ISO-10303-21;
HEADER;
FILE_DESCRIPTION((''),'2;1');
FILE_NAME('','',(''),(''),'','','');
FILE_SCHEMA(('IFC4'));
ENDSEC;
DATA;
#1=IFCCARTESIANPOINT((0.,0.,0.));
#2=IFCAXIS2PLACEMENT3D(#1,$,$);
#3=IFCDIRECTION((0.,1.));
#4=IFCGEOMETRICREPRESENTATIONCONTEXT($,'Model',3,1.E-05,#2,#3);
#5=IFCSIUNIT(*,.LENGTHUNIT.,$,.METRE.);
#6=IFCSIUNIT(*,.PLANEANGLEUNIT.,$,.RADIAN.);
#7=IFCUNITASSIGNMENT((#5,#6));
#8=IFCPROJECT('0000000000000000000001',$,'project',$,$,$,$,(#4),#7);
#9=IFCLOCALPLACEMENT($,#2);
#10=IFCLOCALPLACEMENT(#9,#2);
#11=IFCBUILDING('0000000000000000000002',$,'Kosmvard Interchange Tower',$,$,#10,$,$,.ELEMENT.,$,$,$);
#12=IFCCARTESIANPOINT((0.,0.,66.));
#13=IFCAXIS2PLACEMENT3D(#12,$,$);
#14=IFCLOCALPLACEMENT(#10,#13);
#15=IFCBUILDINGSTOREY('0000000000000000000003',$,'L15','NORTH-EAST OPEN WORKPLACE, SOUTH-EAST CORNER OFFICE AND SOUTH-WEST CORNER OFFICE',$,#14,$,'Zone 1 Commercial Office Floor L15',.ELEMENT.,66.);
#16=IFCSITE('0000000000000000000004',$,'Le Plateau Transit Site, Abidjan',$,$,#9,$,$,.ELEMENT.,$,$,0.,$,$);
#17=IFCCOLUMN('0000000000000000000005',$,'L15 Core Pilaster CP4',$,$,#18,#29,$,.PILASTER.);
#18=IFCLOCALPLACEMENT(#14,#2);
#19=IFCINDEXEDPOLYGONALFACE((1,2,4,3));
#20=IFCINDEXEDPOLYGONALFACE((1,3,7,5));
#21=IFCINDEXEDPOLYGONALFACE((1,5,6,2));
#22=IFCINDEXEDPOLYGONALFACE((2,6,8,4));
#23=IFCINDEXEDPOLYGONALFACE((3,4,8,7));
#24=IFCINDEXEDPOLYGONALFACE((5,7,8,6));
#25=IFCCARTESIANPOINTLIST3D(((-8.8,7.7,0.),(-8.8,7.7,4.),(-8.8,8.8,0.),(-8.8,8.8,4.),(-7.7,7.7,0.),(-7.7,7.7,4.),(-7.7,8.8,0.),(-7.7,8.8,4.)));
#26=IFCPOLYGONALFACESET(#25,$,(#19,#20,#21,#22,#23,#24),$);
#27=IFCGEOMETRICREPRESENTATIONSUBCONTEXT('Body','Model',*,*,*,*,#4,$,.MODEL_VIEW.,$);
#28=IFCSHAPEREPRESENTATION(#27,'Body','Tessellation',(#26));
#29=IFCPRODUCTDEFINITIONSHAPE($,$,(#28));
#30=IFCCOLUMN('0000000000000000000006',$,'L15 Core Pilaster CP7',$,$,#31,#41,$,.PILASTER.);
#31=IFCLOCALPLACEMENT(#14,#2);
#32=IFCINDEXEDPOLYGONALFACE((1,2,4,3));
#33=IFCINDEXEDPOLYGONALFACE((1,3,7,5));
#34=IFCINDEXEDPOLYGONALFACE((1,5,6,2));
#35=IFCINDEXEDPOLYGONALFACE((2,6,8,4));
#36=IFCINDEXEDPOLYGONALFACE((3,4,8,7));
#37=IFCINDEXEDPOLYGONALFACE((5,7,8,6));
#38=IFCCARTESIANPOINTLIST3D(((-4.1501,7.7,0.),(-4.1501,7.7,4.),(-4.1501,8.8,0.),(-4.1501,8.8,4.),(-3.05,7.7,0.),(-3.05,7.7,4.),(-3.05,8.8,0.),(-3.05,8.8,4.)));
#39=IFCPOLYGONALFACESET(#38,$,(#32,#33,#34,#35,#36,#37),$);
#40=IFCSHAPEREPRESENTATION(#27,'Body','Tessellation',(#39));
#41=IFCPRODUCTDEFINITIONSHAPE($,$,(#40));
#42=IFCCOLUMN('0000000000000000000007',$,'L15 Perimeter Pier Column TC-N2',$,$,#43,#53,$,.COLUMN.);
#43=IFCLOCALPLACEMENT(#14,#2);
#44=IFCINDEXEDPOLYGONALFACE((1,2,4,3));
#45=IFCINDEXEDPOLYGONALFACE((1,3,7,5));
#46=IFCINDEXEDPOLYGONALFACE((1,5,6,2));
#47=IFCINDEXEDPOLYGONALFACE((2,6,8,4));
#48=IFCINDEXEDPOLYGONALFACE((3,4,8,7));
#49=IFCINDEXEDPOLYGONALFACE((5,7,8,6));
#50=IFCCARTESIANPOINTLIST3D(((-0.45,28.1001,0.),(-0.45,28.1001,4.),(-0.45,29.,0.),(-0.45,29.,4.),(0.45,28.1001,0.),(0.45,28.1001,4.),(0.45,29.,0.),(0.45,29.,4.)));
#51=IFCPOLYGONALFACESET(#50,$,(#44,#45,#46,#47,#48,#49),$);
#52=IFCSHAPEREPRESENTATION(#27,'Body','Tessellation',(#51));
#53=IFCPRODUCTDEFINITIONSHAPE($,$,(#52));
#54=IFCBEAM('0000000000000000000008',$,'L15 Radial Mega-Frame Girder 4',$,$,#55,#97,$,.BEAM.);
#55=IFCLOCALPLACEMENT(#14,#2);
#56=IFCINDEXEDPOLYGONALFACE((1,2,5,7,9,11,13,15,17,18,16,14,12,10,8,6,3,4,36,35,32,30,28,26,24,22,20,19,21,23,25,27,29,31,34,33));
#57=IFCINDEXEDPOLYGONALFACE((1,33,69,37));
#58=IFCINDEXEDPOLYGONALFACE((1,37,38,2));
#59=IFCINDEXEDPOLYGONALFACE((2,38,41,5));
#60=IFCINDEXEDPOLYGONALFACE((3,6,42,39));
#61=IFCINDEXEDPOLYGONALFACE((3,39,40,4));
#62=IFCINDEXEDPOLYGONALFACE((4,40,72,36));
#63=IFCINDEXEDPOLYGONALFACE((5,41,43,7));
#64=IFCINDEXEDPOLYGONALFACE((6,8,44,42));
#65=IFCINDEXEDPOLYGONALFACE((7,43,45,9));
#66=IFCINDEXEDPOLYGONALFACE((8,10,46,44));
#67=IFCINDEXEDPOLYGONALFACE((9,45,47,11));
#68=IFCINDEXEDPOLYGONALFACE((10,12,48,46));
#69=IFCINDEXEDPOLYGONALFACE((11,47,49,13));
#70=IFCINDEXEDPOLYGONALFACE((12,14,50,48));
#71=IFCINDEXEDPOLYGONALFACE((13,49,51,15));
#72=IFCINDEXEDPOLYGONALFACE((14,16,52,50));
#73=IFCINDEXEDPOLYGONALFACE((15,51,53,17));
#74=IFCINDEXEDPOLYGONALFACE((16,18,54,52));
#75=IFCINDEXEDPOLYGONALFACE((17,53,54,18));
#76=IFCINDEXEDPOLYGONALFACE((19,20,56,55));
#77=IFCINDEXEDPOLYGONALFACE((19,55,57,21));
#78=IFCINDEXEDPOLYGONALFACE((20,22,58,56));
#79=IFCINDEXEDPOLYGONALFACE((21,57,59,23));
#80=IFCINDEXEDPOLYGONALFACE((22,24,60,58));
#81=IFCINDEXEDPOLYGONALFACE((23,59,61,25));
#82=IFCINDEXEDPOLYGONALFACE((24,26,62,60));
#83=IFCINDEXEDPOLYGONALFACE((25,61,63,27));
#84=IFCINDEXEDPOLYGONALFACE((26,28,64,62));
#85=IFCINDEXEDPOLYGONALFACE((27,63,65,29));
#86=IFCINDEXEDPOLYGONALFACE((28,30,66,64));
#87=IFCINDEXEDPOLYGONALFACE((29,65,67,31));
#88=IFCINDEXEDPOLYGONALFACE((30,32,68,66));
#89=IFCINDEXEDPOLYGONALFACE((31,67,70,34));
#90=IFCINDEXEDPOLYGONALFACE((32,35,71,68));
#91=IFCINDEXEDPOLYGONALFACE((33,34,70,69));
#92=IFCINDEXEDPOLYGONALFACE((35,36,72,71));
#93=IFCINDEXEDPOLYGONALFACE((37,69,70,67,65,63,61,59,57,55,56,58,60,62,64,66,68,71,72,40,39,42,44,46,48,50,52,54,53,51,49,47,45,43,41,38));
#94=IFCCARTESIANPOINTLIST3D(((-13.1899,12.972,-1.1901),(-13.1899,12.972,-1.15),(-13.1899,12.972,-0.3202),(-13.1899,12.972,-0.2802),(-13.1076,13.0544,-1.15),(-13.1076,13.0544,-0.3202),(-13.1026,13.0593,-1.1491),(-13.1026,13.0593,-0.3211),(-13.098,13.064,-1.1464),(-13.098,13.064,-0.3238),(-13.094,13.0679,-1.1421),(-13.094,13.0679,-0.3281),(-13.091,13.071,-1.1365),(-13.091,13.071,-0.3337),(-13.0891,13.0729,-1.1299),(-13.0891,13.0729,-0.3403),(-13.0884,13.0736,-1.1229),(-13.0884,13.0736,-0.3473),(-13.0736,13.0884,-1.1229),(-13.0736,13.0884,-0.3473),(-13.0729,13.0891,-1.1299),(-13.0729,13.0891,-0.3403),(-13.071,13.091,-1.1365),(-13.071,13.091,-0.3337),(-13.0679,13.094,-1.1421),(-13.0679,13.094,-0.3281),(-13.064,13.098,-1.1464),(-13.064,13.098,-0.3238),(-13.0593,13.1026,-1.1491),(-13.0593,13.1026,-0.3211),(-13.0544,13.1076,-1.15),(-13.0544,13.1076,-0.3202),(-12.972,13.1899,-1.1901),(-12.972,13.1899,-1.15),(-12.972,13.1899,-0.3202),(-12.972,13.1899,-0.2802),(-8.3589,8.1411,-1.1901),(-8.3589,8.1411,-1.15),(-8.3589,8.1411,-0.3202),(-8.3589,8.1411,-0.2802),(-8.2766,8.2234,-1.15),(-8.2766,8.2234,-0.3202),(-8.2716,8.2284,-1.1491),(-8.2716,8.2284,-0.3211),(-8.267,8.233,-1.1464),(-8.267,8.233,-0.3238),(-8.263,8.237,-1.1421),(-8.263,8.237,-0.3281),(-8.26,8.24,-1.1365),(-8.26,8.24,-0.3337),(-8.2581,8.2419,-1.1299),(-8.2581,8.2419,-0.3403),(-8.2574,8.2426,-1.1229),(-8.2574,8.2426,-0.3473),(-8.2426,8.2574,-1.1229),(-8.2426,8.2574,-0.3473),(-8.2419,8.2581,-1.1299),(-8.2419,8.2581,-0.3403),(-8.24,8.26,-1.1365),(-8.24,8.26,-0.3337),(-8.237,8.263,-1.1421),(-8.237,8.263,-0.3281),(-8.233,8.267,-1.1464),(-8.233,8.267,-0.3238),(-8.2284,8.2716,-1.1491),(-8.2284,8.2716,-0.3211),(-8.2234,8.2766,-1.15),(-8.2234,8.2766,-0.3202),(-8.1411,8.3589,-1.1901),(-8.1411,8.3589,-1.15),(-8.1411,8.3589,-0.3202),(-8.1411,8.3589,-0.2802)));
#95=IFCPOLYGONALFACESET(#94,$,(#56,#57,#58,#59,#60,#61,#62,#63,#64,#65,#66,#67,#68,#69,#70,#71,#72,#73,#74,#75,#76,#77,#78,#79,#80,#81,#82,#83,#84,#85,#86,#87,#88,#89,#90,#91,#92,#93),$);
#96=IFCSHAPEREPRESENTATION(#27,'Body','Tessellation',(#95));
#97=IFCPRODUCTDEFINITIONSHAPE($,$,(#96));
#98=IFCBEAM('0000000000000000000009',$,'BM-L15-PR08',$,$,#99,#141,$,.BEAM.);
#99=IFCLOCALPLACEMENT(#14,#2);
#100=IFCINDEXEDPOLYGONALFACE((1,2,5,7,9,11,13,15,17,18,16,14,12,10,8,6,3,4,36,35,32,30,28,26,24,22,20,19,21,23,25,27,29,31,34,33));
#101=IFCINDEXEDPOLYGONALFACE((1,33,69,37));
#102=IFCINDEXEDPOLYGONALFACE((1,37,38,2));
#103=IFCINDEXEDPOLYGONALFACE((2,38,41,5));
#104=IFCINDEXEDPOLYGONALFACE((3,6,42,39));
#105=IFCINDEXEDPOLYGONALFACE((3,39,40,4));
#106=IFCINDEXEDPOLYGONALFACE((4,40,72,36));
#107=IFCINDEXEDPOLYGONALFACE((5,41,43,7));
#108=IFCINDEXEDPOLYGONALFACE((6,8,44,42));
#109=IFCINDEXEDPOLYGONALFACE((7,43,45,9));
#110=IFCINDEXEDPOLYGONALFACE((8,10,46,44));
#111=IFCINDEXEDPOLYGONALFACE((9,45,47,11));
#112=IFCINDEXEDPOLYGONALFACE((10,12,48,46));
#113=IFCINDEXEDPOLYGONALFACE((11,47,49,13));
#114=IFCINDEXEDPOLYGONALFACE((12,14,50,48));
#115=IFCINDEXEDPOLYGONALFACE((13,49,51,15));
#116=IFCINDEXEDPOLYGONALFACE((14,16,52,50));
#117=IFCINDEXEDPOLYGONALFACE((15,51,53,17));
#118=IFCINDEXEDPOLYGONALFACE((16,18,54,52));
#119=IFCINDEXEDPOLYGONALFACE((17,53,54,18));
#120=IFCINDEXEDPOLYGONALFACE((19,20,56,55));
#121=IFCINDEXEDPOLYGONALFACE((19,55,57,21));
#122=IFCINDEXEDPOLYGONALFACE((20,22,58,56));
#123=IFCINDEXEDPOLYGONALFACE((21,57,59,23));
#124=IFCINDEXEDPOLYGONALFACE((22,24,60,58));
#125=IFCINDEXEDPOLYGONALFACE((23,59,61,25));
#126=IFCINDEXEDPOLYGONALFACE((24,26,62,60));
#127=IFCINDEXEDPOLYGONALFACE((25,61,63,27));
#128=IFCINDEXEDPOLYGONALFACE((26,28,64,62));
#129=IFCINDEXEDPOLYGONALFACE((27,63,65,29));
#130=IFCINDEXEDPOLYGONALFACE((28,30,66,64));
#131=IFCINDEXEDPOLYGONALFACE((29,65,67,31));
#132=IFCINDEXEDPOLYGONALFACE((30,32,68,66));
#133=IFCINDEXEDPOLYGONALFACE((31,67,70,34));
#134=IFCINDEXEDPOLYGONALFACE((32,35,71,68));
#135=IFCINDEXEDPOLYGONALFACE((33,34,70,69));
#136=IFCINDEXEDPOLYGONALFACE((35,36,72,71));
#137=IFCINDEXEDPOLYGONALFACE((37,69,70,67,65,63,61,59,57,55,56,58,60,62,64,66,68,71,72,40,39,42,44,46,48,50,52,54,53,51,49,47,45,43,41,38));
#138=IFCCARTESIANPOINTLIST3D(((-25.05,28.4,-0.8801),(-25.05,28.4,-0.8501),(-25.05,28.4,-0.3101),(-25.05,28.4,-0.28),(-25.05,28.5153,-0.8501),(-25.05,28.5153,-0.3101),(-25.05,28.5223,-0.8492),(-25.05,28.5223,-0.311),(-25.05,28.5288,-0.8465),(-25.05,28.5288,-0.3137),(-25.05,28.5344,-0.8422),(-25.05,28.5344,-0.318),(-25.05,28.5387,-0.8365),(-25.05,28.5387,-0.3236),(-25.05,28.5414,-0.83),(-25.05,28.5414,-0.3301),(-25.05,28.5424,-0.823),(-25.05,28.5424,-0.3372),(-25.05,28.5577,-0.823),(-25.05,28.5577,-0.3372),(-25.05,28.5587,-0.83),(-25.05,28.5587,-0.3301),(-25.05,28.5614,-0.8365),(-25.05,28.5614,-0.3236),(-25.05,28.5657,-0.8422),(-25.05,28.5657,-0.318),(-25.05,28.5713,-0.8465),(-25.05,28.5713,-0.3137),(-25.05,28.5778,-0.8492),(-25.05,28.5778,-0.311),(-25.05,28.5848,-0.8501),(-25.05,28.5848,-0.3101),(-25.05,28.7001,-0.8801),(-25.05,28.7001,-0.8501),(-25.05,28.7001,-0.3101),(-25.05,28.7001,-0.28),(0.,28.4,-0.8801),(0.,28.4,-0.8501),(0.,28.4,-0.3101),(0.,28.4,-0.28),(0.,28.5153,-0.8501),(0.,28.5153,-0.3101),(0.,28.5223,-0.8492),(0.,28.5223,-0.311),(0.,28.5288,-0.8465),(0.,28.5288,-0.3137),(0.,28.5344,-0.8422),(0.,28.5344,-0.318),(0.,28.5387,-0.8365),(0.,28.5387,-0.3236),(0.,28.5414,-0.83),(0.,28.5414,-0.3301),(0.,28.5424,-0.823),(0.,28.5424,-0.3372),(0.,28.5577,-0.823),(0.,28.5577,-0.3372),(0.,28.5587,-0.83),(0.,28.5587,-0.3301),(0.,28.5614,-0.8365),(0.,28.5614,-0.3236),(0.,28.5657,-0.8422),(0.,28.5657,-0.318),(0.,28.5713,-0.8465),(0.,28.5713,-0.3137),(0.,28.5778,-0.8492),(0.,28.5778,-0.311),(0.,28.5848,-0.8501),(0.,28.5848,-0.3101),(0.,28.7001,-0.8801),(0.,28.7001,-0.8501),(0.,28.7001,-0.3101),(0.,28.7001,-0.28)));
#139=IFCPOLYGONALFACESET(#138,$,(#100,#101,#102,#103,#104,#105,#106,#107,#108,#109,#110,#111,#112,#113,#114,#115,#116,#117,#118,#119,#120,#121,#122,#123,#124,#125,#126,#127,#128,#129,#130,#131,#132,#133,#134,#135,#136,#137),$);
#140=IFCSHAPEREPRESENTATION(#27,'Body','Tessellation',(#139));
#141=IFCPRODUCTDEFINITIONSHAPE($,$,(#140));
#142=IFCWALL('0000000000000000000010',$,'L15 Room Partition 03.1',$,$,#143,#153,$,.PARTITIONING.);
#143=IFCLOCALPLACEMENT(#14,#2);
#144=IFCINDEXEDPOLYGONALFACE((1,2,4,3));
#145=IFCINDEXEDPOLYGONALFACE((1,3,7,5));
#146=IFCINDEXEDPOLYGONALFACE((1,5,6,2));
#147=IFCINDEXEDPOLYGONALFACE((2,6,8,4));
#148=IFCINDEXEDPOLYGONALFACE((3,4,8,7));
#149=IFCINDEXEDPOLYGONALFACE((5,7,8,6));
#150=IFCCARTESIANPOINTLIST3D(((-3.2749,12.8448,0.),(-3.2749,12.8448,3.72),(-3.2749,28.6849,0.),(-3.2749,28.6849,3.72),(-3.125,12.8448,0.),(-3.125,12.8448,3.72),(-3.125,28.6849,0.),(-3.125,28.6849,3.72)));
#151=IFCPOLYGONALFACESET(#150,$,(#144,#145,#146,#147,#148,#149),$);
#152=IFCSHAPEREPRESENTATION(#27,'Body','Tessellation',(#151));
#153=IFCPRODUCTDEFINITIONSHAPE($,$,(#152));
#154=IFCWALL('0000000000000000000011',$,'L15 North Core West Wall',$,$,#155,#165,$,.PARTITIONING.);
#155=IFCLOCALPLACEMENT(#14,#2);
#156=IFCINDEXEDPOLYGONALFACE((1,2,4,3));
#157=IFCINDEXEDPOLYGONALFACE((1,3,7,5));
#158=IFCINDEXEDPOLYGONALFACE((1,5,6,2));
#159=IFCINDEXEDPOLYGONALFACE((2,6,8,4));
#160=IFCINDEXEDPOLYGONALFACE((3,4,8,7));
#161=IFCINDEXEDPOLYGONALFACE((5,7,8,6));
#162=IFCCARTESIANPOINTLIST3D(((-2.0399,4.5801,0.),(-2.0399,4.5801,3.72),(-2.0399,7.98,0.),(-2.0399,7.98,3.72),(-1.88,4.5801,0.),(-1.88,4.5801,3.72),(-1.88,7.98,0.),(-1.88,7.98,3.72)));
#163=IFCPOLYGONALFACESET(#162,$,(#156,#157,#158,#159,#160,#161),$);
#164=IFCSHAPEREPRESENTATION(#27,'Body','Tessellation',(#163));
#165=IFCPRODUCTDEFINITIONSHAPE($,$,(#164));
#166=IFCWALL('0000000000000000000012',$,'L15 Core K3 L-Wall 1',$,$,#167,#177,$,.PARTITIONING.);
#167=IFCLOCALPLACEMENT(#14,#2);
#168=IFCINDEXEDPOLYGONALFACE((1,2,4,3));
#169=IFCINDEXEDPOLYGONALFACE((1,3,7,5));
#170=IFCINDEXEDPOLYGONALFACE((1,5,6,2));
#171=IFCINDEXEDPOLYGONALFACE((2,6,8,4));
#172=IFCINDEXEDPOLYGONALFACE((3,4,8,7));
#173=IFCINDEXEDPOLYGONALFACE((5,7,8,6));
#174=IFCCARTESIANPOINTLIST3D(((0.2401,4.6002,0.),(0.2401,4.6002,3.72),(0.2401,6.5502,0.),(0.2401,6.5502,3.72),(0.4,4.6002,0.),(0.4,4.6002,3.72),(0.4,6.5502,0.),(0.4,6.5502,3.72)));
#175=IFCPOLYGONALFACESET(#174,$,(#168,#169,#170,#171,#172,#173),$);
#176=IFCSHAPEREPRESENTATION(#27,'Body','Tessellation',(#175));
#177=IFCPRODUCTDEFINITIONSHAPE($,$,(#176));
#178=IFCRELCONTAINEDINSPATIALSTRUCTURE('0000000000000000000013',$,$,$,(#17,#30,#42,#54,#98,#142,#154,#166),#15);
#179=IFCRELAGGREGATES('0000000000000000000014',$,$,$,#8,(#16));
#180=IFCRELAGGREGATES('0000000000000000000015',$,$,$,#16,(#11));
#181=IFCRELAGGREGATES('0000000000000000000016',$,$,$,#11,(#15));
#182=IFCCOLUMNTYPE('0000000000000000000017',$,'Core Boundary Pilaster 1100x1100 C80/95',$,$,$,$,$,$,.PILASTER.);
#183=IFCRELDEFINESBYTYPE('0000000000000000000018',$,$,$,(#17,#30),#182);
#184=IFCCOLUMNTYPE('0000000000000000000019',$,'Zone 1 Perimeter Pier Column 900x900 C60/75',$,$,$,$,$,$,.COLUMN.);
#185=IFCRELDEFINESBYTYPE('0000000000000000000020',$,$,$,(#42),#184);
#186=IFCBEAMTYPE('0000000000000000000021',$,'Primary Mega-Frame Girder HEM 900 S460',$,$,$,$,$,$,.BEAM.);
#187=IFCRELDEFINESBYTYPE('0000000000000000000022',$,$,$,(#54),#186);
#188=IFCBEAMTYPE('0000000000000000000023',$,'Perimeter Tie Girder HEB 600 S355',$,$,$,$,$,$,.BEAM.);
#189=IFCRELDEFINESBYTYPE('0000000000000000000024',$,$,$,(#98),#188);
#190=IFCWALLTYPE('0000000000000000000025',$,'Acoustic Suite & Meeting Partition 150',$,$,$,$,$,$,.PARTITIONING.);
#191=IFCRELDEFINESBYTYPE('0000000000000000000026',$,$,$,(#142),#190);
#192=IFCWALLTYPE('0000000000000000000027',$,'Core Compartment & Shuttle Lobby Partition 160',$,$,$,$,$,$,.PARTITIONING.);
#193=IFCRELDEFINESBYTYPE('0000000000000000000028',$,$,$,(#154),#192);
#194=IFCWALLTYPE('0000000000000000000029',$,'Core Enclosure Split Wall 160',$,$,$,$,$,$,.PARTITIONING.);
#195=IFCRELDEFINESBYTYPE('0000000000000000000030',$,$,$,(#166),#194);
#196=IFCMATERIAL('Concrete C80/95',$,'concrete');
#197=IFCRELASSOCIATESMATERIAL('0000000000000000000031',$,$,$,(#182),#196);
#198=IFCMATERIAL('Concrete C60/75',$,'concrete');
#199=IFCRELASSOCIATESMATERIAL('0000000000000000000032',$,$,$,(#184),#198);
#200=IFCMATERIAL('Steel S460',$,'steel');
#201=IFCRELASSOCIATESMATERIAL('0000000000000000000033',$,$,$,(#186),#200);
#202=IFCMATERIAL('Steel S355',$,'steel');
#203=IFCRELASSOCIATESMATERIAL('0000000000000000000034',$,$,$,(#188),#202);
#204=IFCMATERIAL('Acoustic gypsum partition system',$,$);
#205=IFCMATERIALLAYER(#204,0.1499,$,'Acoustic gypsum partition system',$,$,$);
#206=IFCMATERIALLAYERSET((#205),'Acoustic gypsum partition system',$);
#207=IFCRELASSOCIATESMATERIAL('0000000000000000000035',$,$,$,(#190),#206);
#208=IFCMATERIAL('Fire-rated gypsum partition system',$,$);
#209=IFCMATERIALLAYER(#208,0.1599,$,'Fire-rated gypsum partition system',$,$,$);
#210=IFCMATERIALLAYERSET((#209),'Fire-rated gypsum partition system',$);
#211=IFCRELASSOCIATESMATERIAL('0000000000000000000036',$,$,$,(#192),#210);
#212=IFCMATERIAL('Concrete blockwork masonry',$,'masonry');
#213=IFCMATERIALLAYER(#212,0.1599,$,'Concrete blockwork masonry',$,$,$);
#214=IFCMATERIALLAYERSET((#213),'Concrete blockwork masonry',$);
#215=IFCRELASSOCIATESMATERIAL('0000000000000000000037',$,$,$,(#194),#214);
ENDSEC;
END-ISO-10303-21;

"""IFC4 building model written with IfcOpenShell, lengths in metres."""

from ifc_helpers import new_model, si_unit, direction, frame, frame_2d, origin, origin_2d, place, context, subcontext, project, spatial, rectangle, i_section, extrude, source, transform, mapped, material, layer, layer_set, material_profile, profile_set, type_object, element, save


model = new_model("IFC4")

# Units and contexts
model_context = context("Model", 3, precision=1e-05, world=origin(), true_north=direction((0.0, 1.0)))
body_context = subcontext(model_context, "Body", "Model", "MODEL_VIEW")
ifc_project = project(units=[si_unit("LENGTHUNIT", "METRE"), si_unit("PLANEANGLEUNIT", "RADIAN")], contexts=[model_context])

# Site, building, storey
site_placement = place(None, origin())
site = spatial("IfcSite", under=ifc_project, at=site_placement, Name="Le Plateau Transit Site, Abidjan", CompositionType="ELEMENT", RefElevation=0.0)
building_placement = place(site_placement, origin())
building = spatial("IfcBuilding", under=site, at=building_placement, Name="Kosmvard Interchange Tower", CompositionType="ELEMENT")
storey_placement = place(building_placement, frame((0.0, 0.0, 66.0)))
storey = spatial("IfcBuildingStorey", under=building, at=storey_placement, Name="L15", Description="NORTH-EAST OPEN WORKPLACE, SOUTH-EAST CORNER OFFICE AND SOUTH-WEST CORNER OFFICE", LongName="Zone 1 Commercial Office Floor L15", CompositionType="ELEMENT", Elevation=66.0)

# Columns
ifc_material_1 = material(Name="Concrete C80/95", Category="concrete")
ifc_material_profile_1 = material_profile(ifc_material_1, rectangle(XDim=1.1001, YDim=1.1001, at=origin_2d()), Name="CP 1100x1100")
ifc_profile_set_1 = profile_set([ifc_material_profile_1], Name="Concrete C80/95")
column_type_1 = type_object("IfcColumnType", Name="Core Boundary Pilaster 1100x1100 C80/95", PredefinedType="PILASTER", material=ifc_profile_set_1)
shared_shape_1 = source(origin(), body_context, "Body", "SweptSolid", [
    extrude(rectangle(XDim=1.1001, YDim=1.1001, at=origin_2d()), origin(), (0.0, 0.0, 1.0), 4.0),
])
for number, where, z_axis, x_axis, name in (
    (1, (-8.25, 8.25, 0.0), (0.0, 0.0, 1.0), (1.0, 0.0, 0.0), "L15 Core Pilaster CP4"),
    (2, (-3.6001, 8.25, 0.0), (0.0, 0.0, 1.0), (1.0, 0.0, 0.0), "L15 Core Pilaster CP7"),
):
    element("IfcColumn", number, at=place(storey_placement, frame(where, z_axis=z_axis, x_axis=x_axis)), inside=storey, type_object=column_type_1, Name=name, PredefinedType="PILASTER", context=body_context, shape_type="MappedRepresentation", body=[
        mapped(shared_shape_1, transform((0.0, 0.0, 0.0), scale=1.0)),
    ])
ifc_material_2 = material(Name="Concrete C60/75", Category="concrete")
ifc_material_profile_2 = material_profile(ifc_material_2, rectangle(XDim=0.8999, YDim=0.8999, at=origin_2d()), Name="TC 900x900")
ifc_profile_set_2 = profile_set([ifc_material_profile_2], Name="Concrete C60/75")
column_type_2 = type_object("IfcColumnType", Name="Zone 1 Perimeter Pier Column 900x900 C60/75", PredefinedType="COLUMN", material=ifc_profile_set_2)
shared_shape_2 = source(origin(), body_context, "Body", "SweptSolid", [
    extrude(rectangle(XDim=0.8999, YDim=0.8999, at=origin_2d()), origin(), (0.0, 0.0, 1.0), 4.0),
])
column_placement = place(storey_placement, frame((0.0, 28.55, 0.0), z_axis=(0.0, 0.0, 1.0), x_axis=(1.0, 0.0, 0.0)))
element("IfcColumn", 3, at=column_placement, inside=storey, type_object=column_type_2, Name="L15 Perimeter Pier Column TC-N2", PredefinedType="COLUMN", context=body_context, shape_type="MappedRepresentation", body=[
    mapped(shared_shape_2, transform((0.0, 0.0, 0.0), scale=1.0)),
])

# Beams
ifc_material_3 = material(Name="Steel S460", Category="steel")
ifc_material_profile_3 = material_profile(ifc_material_3, i_section(OverallWidth=0.3081, OverallDepth=0.9099, WebThickness=0.021, FlangeThickness=0.04, FilletRadius=0.0271, at=origin_2d()), Name="HEM 900")
ifc_profile_set_3 = profile_set([ifc_material_profile_3], Name="Steel S460")
beam_type_1 = type_object("IfcBeamType", Name="Primary Mega-Frame Girder HEM 900 S460", PredefinedType="BEAM", material=ifc_profile_set_3)
shared_shape_3 = source(origin(), body_context, "Body", "SweptSolid", [
    extrude(i_section(OverallWidth=0.3081, OverallDepth=0.9099, WebThickness=0.021, FlangeThickness=0.04, FilletRadius=0.0271, at=origin_2d()), origin(), (0.0, 0.0, 1.0), 6.832),
])
beam_1_placement = place(storey_placement, frame((-8.25, 8.25, -0.7351), z_axis=(-0.707107, 0.707107, 0.0), x_axis=(-0.707107, -0.707107, 0.0)))
element("IfcBeam", 4, at=beam_1_placement, inside=storey, type_object=beam_type_1, Name="L15 Radial Mega-Frame Girder 4", PredefinedType="BEAM", context=body_context, shape_type="MappedRepresentation", body=[
    mapped(shared_shape_3, transform((0.0, 0.0, 0.0), scale=1.0)),
])
ifc_material_4 = material(Name="Steel S355", Category="steel")
ifc_material_profile_4 = material_profile(ifc_material_4, i_section(OverallWidth=0.3, OverallDepth=0.6001, WebThickness=0.0154, FlangeThickness=0.03, FilletRadius=0.0271, at=origin_2d()), Name="HEB 600")
ifc_profile_set_4 = profile_set([ifc_material_profile_4], Name="Steel S355")
beam_type_2 = type_object("IfcBeamType", Name="Perimeter Tie Girder HEB 600 S355", PredefinedType="BEAM", material=ifc_profile_set_4)
shared_shape_4 = source(origin(), body_context, "Body", "SweptSolid", [
    extrude(i_section(OverallWidth=0.3, OverallDepth=0.6001, WebThickness=0.0154, FlangeThickness=0.03, FilletRadius=0.0271, at=origin_2d()), origin(), (0.0, 0.0, 1.0), 25.05),
])
beam_2_placement = place(storey_placement, frame((0.0, 28.55, -0.5801), z_axis=(-1.0, 0.0, 0.0), x_axis=(0.0, -1.0, 0.0)))
element("IfcBeam", 5, at=beam_2_placement, inside=storey, type_object=beam_type_2, Name="BM-L15-PR08", PredefinedType="BEAM", context=body_context, shape_type="MappedRepresentation", body=[
    mapped(shared_shape_4, transform((0.0, 0.0, 0.0), scale=1.0)),
])

# Walls
ifc_material_5 = material(Name="Acoustic gypsum partition system")
ifc_layer_1 = layer(ifc_material_5, 0.1499, Name="Acoustic gypsum partition system")
ifc_layer_set_1 = layer_set([ifc_layer_1], Name="Acoustic gypsum partition system")
wall_type_1 = type_object("IfcWallType", Name="Acoustic Suite & Meeting Partition 150", PredefinedType="PARTITIONING", material=ifc_layer_set_1)
wall_1_placement = place(storey_placement, frame((-3.2, 12.845, 0.0), z_axis=(0.0, 0.0, 1.0), x_axis=(0.0, 1.0, 0.0)))
element("IfcWall", 6, at=wall_1_placement, inside=storey, type_object=wall_type_1, Name="L15 Room Partition 03.1", PredefinedType="PARTITIONING", context=body_context, shape_type="SweptSolid", body=[
    extrude(rectangle(XDim=15.8401, YDim=0.1499, at=frame_2d((7.9199, 0.0))), origin(), (0.0, 0.0, 1.0), 3.72),
])
ifc_material_6 = material(Name="Fire-rated gypsum partition system")
ifc_layer_2 = layer(ifc_material_6, 0.1599, Name="Fire-rated gypsum partition system")
ifc_layer_set_2 = layer_set([ifc_layer_2], Name="Fire-rated gypsum partition system")
wall_type_2 = type_object("IfcWallType", Name="Core Compartment & Shuttle Lobby Partition 160", PredefinedType="PARTITIONING", material=ifc_layer_set_2)
wall_2_placement = place(storey_placement, frame((-1.96, 4.5801, 0.0), z_axis=(0.0, 0.0, 1.0), x_axis=(0.0, 1.0, 0.0)))
element("IfcWall", 7, at=wall_2_placement, inside=storey, type_object=wall_type_2, Name="L15 North Core West Wall", PredefinedType="PARTITIONING", context=body_context, shape_type="SweptSolid", body=[
    extrude(rectangle(XDim=3.3999, YDim=0.1599, at=frame_2d((1.7, 0.0))), origin(), (0.0, 0.0, 1.0), 3.72),
])
ifc_material_7 = material(Name="Concrete blockwork masonry", Category="masonry")
ifc_layer_3 = layer(ifc_material_7, 0.1599, Name="Concrete blockwork masonry")
ifc_layer_set_3 = layer_set([ifc_layer_3], Name="Concrete blockwork masonry")
wall_type_3 = type_object("IfcWallType", Name="Core Enclosure Split Wall 160", PredefinedType="PARTITIONING", material=ifc_layer_set_3)
wall_3_placement = place(storey_placement, frame((0.3201, 4.6001, 0.0), z_axis=(0.0, 0.0, 1.0), x_axis=(0.0, 1.0, 0.0)))
element("IfcWall", 8, at=wall_3_placement, inside=storey, type_object=wall_type_3, Name="L15 Core K3 L-Wall 1", PredefinedType="PARTITIONING", context=body_context, shape_type="SweptSolid", body=[
    extrude(rectangle(XDim=1.95, YDim=0.1599, at=frame_2d((0.9751, 0.0))), origin(), (0.0, 0.0, 1.0), 3.72),
])

save(model, "model.ifc")
